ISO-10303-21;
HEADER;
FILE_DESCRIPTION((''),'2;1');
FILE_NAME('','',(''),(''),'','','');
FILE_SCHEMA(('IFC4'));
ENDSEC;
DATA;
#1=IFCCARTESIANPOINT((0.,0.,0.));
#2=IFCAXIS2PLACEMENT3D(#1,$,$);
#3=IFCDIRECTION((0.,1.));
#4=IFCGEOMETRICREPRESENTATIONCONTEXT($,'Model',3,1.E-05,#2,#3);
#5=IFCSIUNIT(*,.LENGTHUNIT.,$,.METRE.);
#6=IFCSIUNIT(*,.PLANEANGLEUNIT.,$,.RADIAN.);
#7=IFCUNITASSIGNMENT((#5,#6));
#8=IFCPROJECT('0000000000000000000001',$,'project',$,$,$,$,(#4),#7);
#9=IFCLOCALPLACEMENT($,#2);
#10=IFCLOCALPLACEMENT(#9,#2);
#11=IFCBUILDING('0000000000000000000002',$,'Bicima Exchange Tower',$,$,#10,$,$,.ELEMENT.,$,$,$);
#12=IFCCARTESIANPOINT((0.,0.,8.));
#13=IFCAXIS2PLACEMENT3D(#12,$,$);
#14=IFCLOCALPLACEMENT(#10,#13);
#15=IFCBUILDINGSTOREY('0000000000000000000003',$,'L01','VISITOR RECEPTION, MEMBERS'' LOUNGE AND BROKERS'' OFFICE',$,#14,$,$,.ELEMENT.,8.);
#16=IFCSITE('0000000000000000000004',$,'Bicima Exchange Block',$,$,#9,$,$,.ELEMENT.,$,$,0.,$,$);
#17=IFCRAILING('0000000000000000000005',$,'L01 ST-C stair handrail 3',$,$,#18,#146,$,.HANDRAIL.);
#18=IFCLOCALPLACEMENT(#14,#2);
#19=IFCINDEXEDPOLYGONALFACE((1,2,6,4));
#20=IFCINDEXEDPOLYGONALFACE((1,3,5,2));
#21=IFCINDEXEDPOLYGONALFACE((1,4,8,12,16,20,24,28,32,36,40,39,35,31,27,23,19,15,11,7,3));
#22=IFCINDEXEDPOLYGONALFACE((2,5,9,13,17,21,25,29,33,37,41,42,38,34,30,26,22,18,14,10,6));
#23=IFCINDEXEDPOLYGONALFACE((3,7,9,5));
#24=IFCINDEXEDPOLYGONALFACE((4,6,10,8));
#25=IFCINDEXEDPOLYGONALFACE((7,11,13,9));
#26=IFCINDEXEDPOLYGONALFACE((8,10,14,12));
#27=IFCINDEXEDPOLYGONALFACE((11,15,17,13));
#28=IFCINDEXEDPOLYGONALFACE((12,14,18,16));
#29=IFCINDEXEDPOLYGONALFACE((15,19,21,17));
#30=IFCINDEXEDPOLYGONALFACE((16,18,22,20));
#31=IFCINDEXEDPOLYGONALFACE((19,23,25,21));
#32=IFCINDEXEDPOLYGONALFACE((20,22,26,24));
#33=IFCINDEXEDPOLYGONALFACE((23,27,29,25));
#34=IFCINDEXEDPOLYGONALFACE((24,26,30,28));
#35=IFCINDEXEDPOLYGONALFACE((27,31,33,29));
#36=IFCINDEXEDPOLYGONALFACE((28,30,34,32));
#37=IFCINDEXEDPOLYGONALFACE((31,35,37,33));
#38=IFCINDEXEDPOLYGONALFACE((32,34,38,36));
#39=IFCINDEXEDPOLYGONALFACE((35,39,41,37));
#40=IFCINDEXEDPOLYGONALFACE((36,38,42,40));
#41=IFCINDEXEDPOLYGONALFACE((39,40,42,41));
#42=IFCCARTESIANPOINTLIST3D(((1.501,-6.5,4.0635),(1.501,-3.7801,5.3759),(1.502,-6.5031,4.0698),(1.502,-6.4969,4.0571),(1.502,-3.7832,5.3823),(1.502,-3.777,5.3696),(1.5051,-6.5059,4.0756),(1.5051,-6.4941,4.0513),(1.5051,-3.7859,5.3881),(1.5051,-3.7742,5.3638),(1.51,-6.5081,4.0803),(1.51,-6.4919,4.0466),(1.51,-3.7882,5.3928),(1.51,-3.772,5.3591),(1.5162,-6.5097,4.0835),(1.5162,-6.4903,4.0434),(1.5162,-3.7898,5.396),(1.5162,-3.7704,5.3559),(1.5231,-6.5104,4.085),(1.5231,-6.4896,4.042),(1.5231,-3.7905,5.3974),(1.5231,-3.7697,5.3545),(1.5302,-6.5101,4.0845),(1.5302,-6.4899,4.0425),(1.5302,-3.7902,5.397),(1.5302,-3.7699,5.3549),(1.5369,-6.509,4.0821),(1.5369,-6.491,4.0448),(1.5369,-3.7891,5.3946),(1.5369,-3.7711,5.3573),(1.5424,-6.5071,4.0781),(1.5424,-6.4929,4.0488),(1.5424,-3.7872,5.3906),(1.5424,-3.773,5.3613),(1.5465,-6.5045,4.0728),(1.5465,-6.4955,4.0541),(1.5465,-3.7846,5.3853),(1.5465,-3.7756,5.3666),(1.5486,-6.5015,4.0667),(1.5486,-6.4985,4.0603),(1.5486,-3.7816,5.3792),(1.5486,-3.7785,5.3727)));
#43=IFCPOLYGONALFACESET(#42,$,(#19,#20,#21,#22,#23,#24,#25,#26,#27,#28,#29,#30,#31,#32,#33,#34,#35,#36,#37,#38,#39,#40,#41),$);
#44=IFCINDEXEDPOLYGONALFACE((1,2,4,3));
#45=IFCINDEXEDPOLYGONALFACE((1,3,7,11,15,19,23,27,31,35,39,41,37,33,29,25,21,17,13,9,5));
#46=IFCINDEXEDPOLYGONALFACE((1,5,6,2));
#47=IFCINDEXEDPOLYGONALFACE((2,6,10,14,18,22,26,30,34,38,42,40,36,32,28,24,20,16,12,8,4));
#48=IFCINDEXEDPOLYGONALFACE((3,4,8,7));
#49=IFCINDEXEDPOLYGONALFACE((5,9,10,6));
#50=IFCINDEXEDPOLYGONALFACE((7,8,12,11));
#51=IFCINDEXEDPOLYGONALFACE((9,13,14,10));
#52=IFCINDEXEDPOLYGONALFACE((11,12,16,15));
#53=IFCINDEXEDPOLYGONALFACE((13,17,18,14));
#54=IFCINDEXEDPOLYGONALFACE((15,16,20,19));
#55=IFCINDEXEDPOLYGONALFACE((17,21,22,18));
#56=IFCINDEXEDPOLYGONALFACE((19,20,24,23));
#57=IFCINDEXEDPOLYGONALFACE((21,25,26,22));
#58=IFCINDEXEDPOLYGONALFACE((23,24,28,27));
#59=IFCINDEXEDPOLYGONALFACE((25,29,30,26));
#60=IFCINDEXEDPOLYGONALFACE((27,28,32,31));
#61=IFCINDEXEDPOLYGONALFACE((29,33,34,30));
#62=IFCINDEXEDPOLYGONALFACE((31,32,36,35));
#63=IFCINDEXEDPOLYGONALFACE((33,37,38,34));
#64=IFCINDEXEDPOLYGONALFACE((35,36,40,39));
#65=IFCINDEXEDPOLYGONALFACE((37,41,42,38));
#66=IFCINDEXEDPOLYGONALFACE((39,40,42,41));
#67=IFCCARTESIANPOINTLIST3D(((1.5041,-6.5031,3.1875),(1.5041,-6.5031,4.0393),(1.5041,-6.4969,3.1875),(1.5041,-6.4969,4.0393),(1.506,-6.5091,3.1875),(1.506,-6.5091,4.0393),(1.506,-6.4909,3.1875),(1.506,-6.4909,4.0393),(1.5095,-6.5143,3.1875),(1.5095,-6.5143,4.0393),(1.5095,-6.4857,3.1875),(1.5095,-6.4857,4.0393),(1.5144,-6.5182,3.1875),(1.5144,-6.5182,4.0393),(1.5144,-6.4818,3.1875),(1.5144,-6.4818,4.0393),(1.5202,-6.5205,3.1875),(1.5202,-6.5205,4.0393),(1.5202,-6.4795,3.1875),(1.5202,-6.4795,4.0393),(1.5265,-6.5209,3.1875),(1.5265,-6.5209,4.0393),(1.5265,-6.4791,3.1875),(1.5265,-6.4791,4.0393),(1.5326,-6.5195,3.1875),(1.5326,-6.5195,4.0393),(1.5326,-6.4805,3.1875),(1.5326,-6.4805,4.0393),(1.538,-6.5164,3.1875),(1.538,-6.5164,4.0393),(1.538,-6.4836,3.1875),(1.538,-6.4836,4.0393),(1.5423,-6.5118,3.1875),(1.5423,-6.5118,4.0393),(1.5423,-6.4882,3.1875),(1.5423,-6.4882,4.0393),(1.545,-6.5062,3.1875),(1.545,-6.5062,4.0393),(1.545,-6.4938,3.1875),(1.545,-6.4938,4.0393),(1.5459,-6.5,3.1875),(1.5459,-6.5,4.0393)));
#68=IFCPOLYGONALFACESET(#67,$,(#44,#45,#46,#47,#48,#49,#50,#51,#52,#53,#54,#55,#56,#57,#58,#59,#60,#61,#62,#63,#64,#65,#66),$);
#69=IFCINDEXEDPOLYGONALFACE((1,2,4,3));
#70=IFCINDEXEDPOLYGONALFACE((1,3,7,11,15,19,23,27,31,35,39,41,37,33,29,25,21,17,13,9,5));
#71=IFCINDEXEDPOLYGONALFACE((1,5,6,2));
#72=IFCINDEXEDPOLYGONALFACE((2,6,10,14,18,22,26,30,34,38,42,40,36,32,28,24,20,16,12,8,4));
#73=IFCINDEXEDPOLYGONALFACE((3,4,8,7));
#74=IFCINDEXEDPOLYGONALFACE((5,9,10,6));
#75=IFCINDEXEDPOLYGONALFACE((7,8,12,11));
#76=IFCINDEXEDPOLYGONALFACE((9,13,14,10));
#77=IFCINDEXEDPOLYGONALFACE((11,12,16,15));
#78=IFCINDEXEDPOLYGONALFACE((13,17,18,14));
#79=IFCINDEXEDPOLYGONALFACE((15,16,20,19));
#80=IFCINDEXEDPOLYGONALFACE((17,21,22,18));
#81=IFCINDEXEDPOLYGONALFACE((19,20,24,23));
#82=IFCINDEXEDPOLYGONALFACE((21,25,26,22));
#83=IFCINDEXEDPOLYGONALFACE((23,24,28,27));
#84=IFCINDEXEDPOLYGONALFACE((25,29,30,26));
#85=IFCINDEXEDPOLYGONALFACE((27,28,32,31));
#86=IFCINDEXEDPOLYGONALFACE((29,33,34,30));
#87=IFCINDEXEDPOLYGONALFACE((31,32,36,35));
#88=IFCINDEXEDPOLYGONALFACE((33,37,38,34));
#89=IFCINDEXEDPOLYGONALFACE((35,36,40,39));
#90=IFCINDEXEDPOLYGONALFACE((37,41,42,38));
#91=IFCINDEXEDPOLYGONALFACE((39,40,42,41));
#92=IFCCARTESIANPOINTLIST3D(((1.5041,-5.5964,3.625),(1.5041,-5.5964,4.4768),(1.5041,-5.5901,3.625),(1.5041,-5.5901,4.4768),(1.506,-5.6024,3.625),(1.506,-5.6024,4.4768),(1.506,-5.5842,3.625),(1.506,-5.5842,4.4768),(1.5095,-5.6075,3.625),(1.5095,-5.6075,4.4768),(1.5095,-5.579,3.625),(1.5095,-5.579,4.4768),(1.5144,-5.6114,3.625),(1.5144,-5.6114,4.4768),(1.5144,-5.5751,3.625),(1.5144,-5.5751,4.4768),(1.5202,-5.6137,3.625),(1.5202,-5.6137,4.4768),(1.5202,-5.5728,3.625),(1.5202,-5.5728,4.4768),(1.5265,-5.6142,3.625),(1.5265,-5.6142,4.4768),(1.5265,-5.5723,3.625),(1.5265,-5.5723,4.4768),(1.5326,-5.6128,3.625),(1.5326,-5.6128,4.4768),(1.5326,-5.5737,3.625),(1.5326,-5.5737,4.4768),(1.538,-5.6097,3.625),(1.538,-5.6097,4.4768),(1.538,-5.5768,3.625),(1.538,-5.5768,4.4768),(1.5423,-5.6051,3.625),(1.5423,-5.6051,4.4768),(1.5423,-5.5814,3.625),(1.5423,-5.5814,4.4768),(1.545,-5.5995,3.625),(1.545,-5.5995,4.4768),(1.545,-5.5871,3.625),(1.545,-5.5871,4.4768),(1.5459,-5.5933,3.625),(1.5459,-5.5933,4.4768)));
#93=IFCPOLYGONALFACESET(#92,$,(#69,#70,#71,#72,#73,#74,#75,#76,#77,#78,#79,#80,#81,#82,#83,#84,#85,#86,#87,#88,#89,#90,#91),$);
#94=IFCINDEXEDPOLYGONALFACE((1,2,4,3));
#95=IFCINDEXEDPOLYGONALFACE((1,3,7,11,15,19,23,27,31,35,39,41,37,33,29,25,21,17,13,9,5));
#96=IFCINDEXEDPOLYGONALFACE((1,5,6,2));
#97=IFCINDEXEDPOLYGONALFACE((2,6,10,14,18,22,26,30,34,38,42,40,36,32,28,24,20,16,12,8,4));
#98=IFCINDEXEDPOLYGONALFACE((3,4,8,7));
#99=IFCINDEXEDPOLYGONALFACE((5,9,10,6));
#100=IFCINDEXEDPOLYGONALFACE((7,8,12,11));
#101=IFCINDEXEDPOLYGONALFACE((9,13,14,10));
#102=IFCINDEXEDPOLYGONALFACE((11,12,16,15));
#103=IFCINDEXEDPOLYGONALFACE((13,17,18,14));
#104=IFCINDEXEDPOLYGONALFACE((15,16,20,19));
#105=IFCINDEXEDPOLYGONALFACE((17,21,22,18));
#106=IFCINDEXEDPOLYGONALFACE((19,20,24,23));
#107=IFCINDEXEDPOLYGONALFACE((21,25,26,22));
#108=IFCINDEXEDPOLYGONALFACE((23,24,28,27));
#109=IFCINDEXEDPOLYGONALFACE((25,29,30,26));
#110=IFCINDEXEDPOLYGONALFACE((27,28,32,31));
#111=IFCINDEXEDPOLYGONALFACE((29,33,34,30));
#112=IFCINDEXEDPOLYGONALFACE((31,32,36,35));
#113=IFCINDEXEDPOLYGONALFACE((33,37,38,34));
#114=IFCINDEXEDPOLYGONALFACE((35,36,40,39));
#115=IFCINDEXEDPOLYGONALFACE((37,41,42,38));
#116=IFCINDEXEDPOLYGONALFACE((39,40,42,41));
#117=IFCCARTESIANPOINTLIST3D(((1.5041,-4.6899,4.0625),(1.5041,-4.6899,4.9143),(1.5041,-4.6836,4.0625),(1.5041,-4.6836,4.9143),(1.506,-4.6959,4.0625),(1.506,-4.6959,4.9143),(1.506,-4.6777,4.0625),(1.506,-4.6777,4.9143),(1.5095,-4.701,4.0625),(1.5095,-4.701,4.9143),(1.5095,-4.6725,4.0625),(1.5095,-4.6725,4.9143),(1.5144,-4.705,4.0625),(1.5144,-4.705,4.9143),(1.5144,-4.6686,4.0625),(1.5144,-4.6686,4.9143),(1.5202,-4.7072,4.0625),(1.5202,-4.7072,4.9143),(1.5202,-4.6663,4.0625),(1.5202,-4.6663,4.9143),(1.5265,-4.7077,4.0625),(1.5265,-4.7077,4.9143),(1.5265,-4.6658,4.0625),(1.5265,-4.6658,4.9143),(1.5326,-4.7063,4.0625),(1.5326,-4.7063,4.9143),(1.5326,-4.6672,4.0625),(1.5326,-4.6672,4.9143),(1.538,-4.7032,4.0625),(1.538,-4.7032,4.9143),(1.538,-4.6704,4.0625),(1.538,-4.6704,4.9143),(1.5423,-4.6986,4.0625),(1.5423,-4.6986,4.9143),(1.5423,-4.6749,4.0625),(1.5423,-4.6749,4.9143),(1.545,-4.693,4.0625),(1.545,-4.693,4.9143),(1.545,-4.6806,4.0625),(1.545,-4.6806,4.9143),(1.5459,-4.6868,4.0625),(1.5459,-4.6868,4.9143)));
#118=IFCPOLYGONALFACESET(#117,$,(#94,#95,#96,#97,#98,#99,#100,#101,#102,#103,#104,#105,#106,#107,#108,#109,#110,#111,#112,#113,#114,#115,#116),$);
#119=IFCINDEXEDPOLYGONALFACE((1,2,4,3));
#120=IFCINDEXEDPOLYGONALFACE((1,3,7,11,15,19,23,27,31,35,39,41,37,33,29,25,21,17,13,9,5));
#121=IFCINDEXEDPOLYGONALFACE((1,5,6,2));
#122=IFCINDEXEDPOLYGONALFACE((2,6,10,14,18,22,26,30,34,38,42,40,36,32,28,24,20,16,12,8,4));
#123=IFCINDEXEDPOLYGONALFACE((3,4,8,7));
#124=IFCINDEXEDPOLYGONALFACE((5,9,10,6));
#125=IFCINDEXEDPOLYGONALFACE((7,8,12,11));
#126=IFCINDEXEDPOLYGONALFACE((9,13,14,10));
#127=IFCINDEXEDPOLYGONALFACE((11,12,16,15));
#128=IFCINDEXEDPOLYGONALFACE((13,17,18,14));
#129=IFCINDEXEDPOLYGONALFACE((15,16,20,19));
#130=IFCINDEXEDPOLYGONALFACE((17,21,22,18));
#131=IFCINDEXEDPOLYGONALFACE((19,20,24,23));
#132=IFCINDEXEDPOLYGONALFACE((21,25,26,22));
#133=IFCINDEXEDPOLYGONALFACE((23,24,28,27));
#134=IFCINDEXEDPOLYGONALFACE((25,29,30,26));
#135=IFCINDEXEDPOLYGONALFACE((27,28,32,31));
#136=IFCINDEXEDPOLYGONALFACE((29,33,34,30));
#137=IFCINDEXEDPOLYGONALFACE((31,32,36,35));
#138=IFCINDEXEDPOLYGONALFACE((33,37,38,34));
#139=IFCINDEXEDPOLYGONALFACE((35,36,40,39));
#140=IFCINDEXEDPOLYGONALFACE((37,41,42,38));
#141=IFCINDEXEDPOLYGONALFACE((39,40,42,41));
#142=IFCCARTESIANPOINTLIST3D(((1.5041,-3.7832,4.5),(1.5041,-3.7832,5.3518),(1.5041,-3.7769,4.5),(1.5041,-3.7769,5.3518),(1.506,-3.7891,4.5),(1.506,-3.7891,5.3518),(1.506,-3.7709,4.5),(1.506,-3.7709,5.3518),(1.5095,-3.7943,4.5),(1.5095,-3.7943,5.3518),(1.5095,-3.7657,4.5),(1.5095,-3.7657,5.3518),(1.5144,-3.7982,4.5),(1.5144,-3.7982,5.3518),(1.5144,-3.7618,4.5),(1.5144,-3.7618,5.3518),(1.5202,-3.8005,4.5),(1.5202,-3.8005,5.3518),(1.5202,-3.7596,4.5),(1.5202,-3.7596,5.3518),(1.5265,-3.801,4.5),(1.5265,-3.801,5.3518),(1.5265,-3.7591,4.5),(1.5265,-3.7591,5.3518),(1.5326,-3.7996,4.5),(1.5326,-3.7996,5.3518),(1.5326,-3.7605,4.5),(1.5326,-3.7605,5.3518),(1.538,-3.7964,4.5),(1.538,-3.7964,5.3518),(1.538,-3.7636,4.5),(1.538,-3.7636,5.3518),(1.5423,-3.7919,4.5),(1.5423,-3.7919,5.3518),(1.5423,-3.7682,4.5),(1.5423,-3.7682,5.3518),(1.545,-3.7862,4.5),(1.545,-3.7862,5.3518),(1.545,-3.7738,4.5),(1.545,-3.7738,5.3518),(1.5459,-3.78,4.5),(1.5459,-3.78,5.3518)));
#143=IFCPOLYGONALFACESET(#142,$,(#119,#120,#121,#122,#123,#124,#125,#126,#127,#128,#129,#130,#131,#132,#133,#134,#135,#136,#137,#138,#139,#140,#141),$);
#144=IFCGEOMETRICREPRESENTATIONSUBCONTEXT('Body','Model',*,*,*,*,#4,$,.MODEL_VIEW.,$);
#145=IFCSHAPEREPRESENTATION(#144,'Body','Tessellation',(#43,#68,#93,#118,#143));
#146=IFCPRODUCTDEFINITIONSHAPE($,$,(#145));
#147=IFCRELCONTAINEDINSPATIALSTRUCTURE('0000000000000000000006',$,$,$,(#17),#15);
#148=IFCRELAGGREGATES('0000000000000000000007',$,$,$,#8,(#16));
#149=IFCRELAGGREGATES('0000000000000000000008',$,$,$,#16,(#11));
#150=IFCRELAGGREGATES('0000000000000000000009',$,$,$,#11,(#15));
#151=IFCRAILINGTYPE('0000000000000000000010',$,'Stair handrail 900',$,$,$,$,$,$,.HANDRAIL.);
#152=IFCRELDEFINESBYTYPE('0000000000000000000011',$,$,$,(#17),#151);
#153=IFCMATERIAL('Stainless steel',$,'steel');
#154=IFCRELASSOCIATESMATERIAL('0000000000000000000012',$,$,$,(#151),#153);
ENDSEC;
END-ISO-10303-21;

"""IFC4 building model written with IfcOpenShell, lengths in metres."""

from ifc_helpers import new_model, si_unit, direction, frame, origin, origin_2d, place, context, subcontext, project, spatial, circle, extrude, material, type_object, element, save


model = new_model("IFC4")

# Units and contexts
model_context = context("Model", 3, precision=1e-05, world=origin(), true_north=direction((0.0, 1.0)))
body_context = subcontext(model_context, "Body", "Model", "MODEL_VIEW")
ifc_project = project(units=[si_unit("LENGTHUNIT", "METRE"), si_unit("PLANEANGLEUNIT", "RADIAN")], contexts=[model_context])

# Site, building, storey
site_placement = place(None, origin())
site = spatial("IfcSite", under=ifc_project, at=site_placement, Name="Bicima Exchange Block", CompositionType="ELEMENT", RefElevation=0.0)
building_placement = place(site_placement, origin())
building = spatial("IfcBuilding", under=site, at=building_placement, Name="Bicima Exchange Tower", CompositionType="ELEMENT")
storey_placement = place(building_placement, frame((0.0, 0.0, 8.0)))
storey = spatial("IfcBuildingStorey", under=building, at=storey_placement, Name="L01", Description="VISITOR RECEPTION, MEMBERS' LOUNGE AND BROKERS' OFFICE", CompositionType="ELEMENT", Elevation=8.0)

# Shared definitions
ifc_material_1 = material(Name="Stainless steel", Category="steel")

# Railing
railing_type_1 = type_object("IfcRailingType", Name="Stair handrail 900", PredefinedType="HANDRAIL", material=ifc_material_1)
for number, where, name in (
    (1, (1.5249, -6.5, 3.1875), "L01 ST-C stair handrail 3"),
):
    element("IfcRailing", number, at=place(storey_placement, frame(where)), inside=storey, type_object=railing_type_1, Name=name, PredefinedType="HANDRAIL", context=body_context, shape_type="SweptSolid", body=[
        extrude(circle(Radius=0.0239, at=origin_2d()), frame((0.0, 0.0, 0.876), z_axis=(0.0, 0.900628, 0.434591), x_axis=(-1.0, 0.0, 0.0)), (0.0, 0.0, 1.0), 3.02),
        extrude(circle(Radius=0.021, at=origin_2d()), origin(), (0.0, 0.0, 1.0), 0.8518),
        extrude(circle(Radius=0.021, at=origin_2d()), frame((0.0, 0.9067, 0.4375)), (0.0, 0.0, 1.0), 0.8518),
        extrude(circle(Radius=0.021, at=origin_2d()), frame((0.0, 1.8132, 0.875)), (0.0, 0.0, 1.0), 0.8518),
        extrude(circle(Radius=0.021, at=origin_2d()), frame((0.0, 2.72, 1.3125)), (0.0, 0.0, 1.0), 0.8518),
    ])

save(model, "model.ifc")
